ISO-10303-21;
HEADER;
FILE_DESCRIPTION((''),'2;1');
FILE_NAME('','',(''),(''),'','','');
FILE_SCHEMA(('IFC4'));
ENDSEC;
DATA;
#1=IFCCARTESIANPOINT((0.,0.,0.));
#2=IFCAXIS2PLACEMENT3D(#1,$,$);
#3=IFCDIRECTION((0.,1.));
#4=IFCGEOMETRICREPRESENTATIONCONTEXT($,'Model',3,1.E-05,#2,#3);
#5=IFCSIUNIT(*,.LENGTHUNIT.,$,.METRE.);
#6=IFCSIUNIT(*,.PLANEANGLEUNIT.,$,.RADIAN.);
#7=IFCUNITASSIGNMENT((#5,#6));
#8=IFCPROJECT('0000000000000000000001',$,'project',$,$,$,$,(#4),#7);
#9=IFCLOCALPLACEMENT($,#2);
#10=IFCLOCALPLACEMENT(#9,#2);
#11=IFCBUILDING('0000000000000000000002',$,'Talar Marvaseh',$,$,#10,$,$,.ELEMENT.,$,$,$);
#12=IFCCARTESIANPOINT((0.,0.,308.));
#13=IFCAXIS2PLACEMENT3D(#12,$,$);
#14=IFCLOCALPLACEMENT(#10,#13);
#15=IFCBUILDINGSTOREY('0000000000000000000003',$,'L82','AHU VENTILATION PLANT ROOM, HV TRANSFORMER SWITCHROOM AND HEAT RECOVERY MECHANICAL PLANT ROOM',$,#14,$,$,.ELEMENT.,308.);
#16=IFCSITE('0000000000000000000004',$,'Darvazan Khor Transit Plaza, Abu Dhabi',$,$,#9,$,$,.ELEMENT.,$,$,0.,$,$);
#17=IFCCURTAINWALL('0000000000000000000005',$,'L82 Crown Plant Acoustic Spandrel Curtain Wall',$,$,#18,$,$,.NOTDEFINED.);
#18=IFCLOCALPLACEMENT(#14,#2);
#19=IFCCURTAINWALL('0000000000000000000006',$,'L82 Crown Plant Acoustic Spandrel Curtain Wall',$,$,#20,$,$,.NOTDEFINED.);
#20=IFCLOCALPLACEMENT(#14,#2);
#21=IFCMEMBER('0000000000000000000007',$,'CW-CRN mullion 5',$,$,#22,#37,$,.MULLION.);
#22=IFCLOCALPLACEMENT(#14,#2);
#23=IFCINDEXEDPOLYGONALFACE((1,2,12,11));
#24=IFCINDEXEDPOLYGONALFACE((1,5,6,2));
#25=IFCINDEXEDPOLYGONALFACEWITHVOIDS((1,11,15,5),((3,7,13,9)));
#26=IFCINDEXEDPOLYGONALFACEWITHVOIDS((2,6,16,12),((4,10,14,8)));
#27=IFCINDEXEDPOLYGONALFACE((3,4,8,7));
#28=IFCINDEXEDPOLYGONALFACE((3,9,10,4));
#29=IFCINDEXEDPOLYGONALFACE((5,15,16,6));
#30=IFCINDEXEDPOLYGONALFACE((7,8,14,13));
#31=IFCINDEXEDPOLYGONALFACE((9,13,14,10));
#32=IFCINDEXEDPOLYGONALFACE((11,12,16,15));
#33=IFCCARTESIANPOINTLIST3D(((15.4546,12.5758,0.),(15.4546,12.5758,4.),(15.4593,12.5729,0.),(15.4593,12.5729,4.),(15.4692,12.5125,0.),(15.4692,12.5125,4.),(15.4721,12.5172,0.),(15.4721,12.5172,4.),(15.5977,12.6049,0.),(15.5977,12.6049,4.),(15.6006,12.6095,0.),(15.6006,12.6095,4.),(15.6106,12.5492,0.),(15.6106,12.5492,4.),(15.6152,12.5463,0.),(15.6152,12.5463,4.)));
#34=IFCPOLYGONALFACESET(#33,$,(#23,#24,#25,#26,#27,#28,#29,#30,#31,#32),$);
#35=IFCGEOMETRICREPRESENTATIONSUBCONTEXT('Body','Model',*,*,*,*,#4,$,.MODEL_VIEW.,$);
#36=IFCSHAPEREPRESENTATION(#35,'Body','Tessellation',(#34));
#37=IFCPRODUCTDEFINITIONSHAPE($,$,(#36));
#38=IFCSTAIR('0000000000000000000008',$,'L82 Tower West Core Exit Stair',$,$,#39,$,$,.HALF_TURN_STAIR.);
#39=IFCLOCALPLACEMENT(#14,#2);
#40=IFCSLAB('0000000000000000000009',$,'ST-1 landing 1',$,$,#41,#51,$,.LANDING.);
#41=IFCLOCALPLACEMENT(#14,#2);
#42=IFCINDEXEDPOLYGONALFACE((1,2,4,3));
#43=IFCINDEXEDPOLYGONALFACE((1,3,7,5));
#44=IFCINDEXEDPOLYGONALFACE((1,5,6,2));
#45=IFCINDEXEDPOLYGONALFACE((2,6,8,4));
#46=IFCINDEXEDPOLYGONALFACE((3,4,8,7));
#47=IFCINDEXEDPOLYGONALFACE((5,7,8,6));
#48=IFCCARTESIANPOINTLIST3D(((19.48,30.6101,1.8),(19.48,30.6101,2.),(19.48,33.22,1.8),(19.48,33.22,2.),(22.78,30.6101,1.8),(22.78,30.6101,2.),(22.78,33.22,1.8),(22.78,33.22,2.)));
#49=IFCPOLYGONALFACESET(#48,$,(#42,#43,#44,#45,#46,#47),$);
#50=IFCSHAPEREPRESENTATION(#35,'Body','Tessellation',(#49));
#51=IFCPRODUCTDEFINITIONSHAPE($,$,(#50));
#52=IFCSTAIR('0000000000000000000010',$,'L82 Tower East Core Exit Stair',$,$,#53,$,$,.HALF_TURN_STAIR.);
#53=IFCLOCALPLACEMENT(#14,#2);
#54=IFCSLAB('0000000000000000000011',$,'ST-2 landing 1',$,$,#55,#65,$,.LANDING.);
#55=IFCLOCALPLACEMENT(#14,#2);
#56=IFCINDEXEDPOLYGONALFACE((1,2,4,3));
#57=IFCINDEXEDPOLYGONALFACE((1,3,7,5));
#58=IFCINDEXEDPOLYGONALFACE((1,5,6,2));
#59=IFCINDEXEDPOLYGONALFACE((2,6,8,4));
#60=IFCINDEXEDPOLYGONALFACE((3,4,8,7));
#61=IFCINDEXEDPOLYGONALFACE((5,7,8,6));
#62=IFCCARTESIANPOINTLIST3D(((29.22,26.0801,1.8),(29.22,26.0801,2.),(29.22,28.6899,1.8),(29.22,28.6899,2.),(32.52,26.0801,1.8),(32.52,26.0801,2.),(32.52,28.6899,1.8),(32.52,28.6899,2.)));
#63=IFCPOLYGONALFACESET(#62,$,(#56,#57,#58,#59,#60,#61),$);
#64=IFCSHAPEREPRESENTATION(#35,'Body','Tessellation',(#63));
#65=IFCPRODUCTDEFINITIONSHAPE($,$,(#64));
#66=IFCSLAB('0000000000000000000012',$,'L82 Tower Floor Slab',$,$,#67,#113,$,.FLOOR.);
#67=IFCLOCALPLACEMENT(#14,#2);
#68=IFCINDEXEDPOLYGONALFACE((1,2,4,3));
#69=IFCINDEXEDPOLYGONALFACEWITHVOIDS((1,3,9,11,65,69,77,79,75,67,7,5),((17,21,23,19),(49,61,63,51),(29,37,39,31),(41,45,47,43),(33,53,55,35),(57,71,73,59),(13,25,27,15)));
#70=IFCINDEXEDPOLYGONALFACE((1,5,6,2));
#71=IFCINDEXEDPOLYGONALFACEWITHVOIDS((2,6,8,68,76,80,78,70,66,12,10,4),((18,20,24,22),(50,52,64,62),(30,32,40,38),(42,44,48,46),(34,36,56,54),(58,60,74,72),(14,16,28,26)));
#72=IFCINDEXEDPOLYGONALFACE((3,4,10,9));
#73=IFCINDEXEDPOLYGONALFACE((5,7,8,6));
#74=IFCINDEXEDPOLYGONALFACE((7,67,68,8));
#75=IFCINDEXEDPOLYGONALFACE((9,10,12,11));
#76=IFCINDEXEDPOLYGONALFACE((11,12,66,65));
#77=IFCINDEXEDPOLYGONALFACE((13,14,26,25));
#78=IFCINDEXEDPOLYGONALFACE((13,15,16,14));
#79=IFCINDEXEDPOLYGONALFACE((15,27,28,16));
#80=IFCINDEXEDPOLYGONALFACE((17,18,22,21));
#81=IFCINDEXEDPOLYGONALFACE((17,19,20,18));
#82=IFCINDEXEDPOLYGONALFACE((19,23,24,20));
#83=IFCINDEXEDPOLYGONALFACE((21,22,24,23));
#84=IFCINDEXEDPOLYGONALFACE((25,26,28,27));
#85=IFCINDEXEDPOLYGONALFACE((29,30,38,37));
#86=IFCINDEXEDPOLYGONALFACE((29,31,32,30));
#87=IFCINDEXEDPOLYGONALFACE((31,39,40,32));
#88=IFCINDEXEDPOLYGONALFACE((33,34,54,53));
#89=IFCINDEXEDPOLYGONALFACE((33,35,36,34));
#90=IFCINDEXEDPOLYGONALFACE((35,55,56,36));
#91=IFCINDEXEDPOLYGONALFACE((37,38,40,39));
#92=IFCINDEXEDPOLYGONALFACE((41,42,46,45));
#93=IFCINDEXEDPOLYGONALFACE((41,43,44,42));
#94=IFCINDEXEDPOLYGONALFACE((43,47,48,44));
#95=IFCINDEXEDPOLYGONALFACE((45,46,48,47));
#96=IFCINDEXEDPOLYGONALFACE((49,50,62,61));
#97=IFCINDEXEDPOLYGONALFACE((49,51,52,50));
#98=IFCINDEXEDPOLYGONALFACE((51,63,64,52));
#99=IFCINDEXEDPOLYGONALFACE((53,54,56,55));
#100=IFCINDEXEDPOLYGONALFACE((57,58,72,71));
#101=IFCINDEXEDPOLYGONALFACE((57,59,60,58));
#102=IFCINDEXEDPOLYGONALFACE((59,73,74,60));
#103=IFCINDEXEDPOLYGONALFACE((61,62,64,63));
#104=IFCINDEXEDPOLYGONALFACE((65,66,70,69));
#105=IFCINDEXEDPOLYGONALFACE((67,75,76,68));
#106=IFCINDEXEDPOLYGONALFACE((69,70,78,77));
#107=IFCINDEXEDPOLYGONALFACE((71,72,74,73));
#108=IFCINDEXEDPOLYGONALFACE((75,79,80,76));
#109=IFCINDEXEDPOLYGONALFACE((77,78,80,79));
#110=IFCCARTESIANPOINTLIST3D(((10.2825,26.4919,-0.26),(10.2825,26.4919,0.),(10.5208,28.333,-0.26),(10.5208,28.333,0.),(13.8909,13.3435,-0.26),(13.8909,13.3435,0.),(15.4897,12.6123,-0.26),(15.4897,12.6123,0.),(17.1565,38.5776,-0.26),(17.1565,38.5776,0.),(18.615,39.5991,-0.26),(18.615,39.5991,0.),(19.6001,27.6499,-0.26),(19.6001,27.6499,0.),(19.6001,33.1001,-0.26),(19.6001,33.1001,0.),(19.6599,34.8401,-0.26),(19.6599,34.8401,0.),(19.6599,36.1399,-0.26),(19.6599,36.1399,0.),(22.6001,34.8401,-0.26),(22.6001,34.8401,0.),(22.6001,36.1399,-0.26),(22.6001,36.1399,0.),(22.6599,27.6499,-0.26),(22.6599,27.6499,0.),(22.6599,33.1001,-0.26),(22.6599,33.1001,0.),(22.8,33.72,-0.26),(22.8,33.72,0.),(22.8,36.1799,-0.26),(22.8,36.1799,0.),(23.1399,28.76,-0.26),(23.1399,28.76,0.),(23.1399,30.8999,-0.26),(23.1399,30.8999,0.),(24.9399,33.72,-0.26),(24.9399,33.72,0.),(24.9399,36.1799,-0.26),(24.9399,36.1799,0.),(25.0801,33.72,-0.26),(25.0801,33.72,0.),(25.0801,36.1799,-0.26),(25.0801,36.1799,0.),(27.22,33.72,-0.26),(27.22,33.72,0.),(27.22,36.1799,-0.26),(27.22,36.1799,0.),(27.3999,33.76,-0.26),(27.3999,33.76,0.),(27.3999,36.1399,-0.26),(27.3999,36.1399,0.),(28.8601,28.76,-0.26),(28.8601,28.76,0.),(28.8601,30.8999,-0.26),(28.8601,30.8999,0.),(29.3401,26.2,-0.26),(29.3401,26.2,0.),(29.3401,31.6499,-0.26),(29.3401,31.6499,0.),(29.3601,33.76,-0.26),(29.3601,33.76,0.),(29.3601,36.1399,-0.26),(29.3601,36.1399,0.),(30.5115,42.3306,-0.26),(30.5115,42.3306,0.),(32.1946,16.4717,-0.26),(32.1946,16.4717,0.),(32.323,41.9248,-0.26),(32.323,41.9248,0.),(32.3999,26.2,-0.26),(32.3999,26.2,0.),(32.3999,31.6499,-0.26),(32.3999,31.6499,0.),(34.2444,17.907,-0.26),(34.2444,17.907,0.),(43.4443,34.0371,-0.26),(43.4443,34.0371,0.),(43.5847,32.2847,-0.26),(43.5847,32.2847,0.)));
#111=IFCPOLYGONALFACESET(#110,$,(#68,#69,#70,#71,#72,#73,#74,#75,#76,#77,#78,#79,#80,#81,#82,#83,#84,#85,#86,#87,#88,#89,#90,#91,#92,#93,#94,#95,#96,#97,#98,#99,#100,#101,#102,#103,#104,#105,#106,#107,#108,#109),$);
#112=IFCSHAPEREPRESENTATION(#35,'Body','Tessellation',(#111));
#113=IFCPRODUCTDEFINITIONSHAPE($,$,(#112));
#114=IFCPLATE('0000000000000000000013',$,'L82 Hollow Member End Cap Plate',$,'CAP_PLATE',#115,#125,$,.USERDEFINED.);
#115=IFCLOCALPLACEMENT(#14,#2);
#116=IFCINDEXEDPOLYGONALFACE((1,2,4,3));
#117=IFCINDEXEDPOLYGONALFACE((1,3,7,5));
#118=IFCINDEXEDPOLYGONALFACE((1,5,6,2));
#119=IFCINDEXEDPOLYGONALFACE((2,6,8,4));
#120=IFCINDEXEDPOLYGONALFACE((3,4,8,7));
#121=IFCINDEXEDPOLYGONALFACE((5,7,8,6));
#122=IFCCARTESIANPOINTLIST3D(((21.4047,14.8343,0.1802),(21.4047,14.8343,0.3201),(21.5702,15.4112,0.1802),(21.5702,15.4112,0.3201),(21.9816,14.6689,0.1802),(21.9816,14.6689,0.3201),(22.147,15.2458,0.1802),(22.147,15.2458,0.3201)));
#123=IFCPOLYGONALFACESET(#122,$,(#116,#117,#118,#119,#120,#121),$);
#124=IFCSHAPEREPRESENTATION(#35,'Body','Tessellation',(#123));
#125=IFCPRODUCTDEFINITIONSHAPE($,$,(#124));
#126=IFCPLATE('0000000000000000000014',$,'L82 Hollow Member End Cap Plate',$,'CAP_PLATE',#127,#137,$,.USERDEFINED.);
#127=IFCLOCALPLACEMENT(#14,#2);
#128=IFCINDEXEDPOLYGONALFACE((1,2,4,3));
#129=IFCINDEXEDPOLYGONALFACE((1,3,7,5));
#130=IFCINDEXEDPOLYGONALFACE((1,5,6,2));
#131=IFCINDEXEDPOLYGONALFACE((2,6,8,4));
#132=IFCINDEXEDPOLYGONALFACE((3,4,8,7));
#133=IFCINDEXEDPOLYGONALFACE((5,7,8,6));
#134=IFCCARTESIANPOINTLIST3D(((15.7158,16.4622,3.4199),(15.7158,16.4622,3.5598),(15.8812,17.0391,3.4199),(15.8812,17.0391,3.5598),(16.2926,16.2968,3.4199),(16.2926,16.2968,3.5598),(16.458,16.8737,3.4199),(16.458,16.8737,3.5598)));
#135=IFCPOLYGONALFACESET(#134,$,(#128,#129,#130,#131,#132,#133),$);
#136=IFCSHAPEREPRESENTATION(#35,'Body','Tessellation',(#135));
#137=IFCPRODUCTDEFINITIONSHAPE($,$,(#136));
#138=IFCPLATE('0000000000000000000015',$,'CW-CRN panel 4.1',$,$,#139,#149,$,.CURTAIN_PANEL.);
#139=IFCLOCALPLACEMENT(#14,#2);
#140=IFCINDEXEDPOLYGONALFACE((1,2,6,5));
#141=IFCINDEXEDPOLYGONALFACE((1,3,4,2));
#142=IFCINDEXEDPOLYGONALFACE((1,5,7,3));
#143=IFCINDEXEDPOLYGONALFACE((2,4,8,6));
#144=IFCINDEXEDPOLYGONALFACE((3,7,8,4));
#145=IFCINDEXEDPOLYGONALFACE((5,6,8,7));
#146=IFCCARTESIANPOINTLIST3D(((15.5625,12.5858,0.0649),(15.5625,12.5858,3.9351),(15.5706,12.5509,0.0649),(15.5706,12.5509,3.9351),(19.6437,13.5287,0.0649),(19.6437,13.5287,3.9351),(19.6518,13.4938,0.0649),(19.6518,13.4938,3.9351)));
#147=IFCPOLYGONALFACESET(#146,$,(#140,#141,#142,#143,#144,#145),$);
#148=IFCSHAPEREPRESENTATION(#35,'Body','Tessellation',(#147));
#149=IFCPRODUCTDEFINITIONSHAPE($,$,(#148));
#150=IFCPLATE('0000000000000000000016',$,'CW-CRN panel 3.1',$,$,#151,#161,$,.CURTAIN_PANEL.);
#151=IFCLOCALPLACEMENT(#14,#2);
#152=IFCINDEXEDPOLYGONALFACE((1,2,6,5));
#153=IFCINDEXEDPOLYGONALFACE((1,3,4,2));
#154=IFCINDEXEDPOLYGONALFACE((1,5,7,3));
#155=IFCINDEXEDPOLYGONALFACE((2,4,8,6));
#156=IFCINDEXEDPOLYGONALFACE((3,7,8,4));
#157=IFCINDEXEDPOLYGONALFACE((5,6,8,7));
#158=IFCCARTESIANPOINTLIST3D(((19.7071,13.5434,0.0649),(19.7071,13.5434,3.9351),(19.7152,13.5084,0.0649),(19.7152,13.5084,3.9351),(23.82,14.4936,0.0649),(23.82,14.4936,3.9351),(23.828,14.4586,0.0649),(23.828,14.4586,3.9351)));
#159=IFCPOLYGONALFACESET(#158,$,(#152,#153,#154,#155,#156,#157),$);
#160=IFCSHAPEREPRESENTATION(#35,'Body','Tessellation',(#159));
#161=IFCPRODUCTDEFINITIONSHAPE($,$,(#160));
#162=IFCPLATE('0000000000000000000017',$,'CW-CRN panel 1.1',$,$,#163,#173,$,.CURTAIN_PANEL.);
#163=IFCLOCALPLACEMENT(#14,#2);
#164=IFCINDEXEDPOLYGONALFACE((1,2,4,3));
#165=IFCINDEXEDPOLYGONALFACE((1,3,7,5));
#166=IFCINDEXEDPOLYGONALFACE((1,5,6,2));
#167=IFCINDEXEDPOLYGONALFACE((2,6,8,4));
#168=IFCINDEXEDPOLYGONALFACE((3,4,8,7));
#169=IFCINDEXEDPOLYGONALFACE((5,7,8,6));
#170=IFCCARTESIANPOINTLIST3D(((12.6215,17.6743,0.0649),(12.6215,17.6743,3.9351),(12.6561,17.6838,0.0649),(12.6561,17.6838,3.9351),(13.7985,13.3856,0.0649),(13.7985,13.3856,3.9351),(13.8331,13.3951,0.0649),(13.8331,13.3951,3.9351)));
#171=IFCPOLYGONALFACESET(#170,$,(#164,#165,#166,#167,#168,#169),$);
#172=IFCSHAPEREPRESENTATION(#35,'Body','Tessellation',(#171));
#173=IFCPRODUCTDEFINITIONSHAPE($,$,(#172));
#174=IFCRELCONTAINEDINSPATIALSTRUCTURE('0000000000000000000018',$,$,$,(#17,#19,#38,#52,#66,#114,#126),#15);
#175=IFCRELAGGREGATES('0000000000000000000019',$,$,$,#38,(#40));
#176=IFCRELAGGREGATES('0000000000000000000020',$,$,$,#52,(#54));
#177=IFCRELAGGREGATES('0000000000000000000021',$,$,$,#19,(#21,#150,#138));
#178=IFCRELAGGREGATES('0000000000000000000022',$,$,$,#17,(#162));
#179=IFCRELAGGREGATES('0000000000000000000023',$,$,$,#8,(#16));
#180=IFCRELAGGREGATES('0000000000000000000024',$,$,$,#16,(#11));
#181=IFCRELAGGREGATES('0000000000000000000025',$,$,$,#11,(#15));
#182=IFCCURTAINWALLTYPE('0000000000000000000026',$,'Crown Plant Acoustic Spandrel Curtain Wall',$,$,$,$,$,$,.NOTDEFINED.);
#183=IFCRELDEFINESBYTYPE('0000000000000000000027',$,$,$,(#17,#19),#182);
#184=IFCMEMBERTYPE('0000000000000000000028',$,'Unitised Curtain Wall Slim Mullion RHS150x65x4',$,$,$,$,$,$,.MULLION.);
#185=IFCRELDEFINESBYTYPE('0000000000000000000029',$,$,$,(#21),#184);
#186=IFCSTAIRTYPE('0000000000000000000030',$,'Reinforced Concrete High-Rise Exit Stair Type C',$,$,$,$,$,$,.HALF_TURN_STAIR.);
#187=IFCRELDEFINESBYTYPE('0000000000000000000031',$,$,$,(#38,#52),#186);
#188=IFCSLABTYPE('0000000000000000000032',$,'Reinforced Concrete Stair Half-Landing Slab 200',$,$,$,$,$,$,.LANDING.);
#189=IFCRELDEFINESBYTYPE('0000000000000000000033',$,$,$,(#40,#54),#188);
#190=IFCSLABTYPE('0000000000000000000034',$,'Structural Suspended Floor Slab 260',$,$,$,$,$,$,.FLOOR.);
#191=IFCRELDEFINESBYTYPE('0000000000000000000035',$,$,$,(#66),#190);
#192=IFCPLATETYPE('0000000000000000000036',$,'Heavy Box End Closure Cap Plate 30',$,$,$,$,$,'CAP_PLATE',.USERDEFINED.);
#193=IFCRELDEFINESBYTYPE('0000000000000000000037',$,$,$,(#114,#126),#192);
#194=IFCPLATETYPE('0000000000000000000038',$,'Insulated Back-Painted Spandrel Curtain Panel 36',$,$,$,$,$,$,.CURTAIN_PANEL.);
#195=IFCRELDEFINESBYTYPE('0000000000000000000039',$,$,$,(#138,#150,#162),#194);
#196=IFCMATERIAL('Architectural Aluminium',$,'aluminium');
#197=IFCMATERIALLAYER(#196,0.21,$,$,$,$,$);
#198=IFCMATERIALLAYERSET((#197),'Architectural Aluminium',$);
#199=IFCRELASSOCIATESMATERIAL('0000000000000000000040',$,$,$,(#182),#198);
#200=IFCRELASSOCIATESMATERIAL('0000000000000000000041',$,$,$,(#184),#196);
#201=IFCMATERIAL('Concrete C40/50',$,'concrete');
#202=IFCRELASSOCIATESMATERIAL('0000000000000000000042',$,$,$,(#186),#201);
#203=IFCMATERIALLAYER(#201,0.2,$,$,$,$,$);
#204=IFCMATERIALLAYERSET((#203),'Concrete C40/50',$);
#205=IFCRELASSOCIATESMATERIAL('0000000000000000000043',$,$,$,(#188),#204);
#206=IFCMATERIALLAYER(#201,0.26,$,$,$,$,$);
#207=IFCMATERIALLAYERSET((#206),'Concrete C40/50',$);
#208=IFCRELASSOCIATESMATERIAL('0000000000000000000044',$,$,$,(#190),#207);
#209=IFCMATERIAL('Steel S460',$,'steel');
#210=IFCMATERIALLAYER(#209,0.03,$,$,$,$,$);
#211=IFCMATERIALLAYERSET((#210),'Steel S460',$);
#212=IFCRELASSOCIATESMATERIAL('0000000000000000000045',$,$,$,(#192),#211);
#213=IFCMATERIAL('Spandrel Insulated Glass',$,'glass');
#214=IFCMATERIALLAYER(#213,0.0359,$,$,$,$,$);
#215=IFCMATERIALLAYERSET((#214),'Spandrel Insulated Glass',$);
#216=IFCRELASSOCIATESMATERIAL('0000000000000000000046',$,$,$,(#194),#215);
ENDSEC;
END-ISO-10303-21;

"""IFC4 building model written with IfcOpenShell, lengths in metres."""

from ifc_helpers import new_model, si_unit, direction, frame, origin, origin_2d, place, context, subcontext, project, spatial, polyline, rectangle, hollow_rectangle, outline, extrude, source, transform, mapped, material, layer, layer_set, material_profile, profile_set, type_object, type_shapes, element, aggregate, save


model = new_model("IFC4")

# Units and contexts
model_context = context("Model", 3, precision=1e-05, world=origin(), true_north=direction((0.0, 1.0)))
body_context = subcontext(model_context, "Body", "Model", "MODEL_VIEW")
ifc_project = project(units=[si_unit("LENGTHUNIT", "METRE"), si_unit("PLANEANGLEUNIT", "RADIAN")], contexts=[model_context])

# Site, building, storey
site_placement = place(None, origin())
site = spatial("IfcSite", under=ifc_project, at=site_placement, Name="Darvazan Khor Transit Plaza, Abu Dhabi", CompositionType="ELEMENT", RefElevation=0.0)
building_placement = place(site_placement, origin())
building = spatial("IfcBuilding", under=site, at=building_placement, Name="Talar Marvaseh", CompositionType="ELEMENT")
storey_placement = place(building_placement, frame((0.0, 0.0, 308.0)))
storey = spatial("IfcBuildingStorey", under=building, at=storey_placement, Name="L82", Description="AHU VENTILATION PLANT ROOM, HV TRANSFORMER SWITCHROOM AND HEAT RECOVERY MECHANICAL PLANT ROOM", CompositionType="ELEMENT", Elevation=308.0)

# Shared definitions
ifc_material_1 = material(Name="Steel S460", Category="steel")

# Curtain walls
ifc_material_2 = material(Name="Architectural Aluminium", Category="aluminium")
ifc_layer_1 = layer(ifc_material_2, 0.21)
ifc_layer_set_1 = layer_set([ifc_layer_1], Name="Architectural Aluminium")
curtain_wall_type = type_object("IfcCurtainWallType", Name="Crown Plant Acoustic Spandrel Curtain Wall", PredefinedType="NOTDEFINED", material=ifc_layer_set_1)
curtain_wall_1_placement = place(storey_placement, origin())
curtain_wall_1 = element("IfcCurtainWall", 1, at=curtain_wall_1_placement, inside=storey, type_object=curtain_wall_type, Name="L82 Crown Plant Acoustic Spandrel Curtain Wall", PredefinedType="NOTDEFINED")
curtain_wall_2_placement = place(storey_placement, origin())
curtain_wall_2 = element("IfcCurtainWall", 2, at=curtain_wall_2_placement, inside=storey, type_object=curtain_wall_type, Name="L82 Crown Plant Acoustic Spandrel Curtain Wall", PredefinedType="NOTDEFINED")

# Member
ifc_material_profile_1 = material_profile(ifc_material_2, hollow_rectangle(XDim=0.0649, YDim=0.1499, WallThickness=0.0039, at=origin_2d()), Name="RHS150x65x4")
ifc_profile_set_1 = profile_set([ifc_material_profile_1], Name="Architectural Aluminium")
member_type_1 = type_object("IfcMemberType", Name="Unitised Curtain Wall Slim Mullion RHS150x65x4", PredefinedType="MULLION", material=ifc_profile_set_1)
shared_shape_1 = source(origin(), body_context, "Body", "SweptSolid", [
    extrude(hollow_rectangle(XDim=0.0649, YDim=0.1499, WallThickness=0.0039, at=origin_2d()), origin(), (0.0, 0.0, 1.0), 4.0),
])
type_shapes(member_type_1, [shared_shape_1])
member_1_placement = place(storey_placement, frame((15.5349, 12.561, 0.0), z_axis=(0.0, 0.0, 1.0), x_axis=(0.225103, -0.974335, 0.0)))
member_1 = element("IfcMember", 3, at=member_1_placement, type_object=member_type_1, Name="CW-CRN mullion 5", PredefinedType="MULLION", context=body_context, shape_type="MappedRepresentation", body=[
    mapped(shared_shape_1, transform((0.0, 0.0, 0.0), x_axis=(1.0, 0.0, 0.0), y_axis=(0.0, 1.0, 0.0), z_axis=(0.0, 0.0, 1.0), scale=1.0)),
])

# Stairs, slabs
ifc_material_3 = material(Name="Concrete C40/50", Category="concrete")
stair_type = type_object("IfcStairType", Name="Reinforced Concrete High-Rise Exit Stair Type C", PredefinedType="HALF_TURN_STAIR", material=ifc_material_3)
stair_1_placement = place(storey_placement, origin())
stair_1 = element("IfcStair", 4, at=stair_1_placement, inside=storey, type_object=stair_type, Name="L82 Tower West Core Exit Stair", PredefinedType="HALF_TURN_STAIR")
ifc_layer_2 = layer(ifc_material_3, 0.2)
ifc_layer_set_2 = layer_set([ifc_layer_2], Name="Concrete C40/50")
slab_type_1 = type_object("IfcSlabType", Name="Reinforced Concrete Stair Half-Landing Slab 200", PredefinedType="LANDING", material=ifc_layer_set_2)
slab_1_placement = place(storey_placement, frame((0.0, 0.0, 1.8)))
slab_1 = element("IfcSlab", 5, at=slab_1_placement, type_object=slab_type_1, Name="ST-1 landing 1", PredefinedType="LANDING", context=body_context, shape_type="SweptSolid", body=[
    extrude(outline(polyline([(22.78, 30.6101), (22.78, 33.22), (19.48, 33.22), (19.48, 30.6101), (22.78, 30.6101)])), origin(), (0.0, 0.0, 1.0), 0.2),
])
aggregate(stair_1, [slab_1])
stair_2_placement = place(storey_placement, origin())
stair_2 = element("IfcStair", 6, at=stair_2_placement, inside=storey, type_object=stair_type, Name="L82 Tower East Core Exit Stair", PredefinedType="HALF_TURN_STAIR")
slab_2_placement = place(storey_placement, frame((0.0, 0.0, 1.8)))
slab_2 = element("IfcSlab", 7, at=slab_2_placement, type_object=slab_type_1, Name="ST-2 landing 1", PredefinedType="LANDING", context=body_context, shape_type="SweptSolid", body=[
    extrude(outline(polyline([(29.22, 28.6899), (29.22, 26.0801), (32.52, 26.0801), (32.52, 28.6899), (29.22, 28.6899)])), origin(), (0.0, 0.0, 1.0), 0.2),
])
aggregate(stair_2, [slab_2])

# Slab
ifc_layer_3 = layer(ifc_material_3, 0.26)
ifc_layer_set_3 = layer_set([ifc_layer_3], Name="Concrete C40/50")
slab_type_2 = type_object("IfcSlabType", Name="Structural Suspended Floor Slab 260", PredefinedType="FLOOR", material=ifc_layer_set_3)
slab_3_placement = place(storey_placement, frame((0.0, 0.0, -0.26)))
element("IfcSlab", 8, at=slab_3_placement, inside=storey, type_object=slab_type_2, Name="L82 Tower Floor Slab", PredefinedType="FLOOR", context=body_context, shape_type="SweptSolid", body=[
    extrude(outline(polyline([(15.4897, 12.6123), (13.8909, 13.3435), (10.2825, 26.4919), (10.5208, 28.333), (17.1565, 38.5776), (18.615, 39.5991), (30.5115, 42.3306), (32.323, 41.9248), (43.4443, 34.0371), (43.5847, 32.2847), (34.2444, 17.907), (32.1946, 16.4717), (15.4897, 12.6123)]), holes=[polyline([(22.6599, 27.6499), (22.6599, 33.1001), (19.6001, 33.1001), (19.6001, 27.6499), (22.6599, 27.6499)]), polyline([(29.3401, 31.6499), (29.3401, 26.2), (32.3999, 26.2), (32.3999, 31.6499), (29.3401, 31.6499)]), polyline([(22.8, 33.72), (24.9399, 33.72), (24.9399, 36.1799), (22.8, 36.1799), (22.8, 33.72)]), polyline([(25.0801, 33.72), (27.22, 33.72), (27.22, 36.1799), (25.0801, 36.1799), (25.0801, 33.72)]), polyline([(19.6599, 34.8401), (22.6001, 34.8401), (22.6001, 36.1399), (19.6599, 36.1399), (19.6599, 34.8401)]), polyline([(27.3999, 33.76), (29.3601, 33.76), (29.3601, 36.1399), (27.3999, 36.1399), (27.3999, 33.76)]), polyline([(23.1399, 28.76), (28.8601, 28.76), (28.8601, 30.8999), (23.1399, 30.8999), (23.1399, 28.76)])]), origin(), (0.0, 0.0, 1.0), 0.26),
])

# Plates
ifc_layer_4 = layer(ifc_material_1, 0.03)
ifc_layer_set_4 = layer_set([ifc_layer_4], Name="Steel S460")
plate_type_1 = type_object("IfcPlateType", Name="Heavy Box End Closure Cap Plate 30", ElementType="CAP_PLATE", PredefinedType="USERDEFINED", material=ifc_layer_set_4)
shared_shape_2 = source(origin(), body_context, "Body", "SweptSolid", [
    extrude(rectangle(XDim=0.6001, YDim=0.6001, at=origin_2d()), origin(), (0.0, 0.0, 1.0), 0.1399),
])
type_shapes(plate_type_1, [shared_shape_2])
for number, where, z_axis, x_axis, name in (
    (9, (21.7759, 15.04, 0.1802), (0.0, 0.0, 1.0), (-0.961262, 0.275637, 0.0), "L82 Hollow Member End Cap Plate"),
    (10, (16.0869, 16.668, 3.4199), (0.0, 0.0, 1.0), (-0.961262, 0.275637, 0.0), "L82 Hollow Member End Cap Plate"),
):
    element("IfcPlate", number, at=place(storey_placement, frame(where, z_axis=z_axis, x_axis=x_axis)), inside=storey, type_object=plate_type_1, Name=name, ObjectType="CAP_PLATE", PredefinedType="USERDEFINED", context=body_context, shape_type="MappedRepresentation", body=[
        mapped(shared_shape_2, transform((0.0, 0.0, 0.0), x_axis=(1.0, 0.0, 0.0), y_axis=(0.0, 1.0, 0.0), z_axis=(0.0, 0.0, 1.0), scale=1.0)),
    ])

# Plates
ifc_material_4 = material(Name="Spandrel Insulated Glass", Category="glass")
ifc_layer_5 = layer(ifc_material_4, 0.0359)
ifc_layer_set_5 = layer_set([ifc_layer_5], Name="Spandrel Insulated Glass")
plate_type_2 = type_object("IfcPlateType", Name="Insulated Back-Painted Spandrel Curtain Panel 36", PredefinedType="CURTAIN_PANEL", material=ifc_layer_set_5)
shared_shape_3 = source(origin(), body_context, "Body", "SweptSolid", [
    extrude(rectangle(XDim=4.1887, YDim=0.0359, at=origin_2d()), origin(), (0.0, 0.0, 1.0), 3.8701),
])
plate_1_placement = place(storey_placement, frame((17.6072, 13.0398, 0.0649), z_axis=(0.0, 0.0, 1.0), x_axis=(-0.974335, -0.225103, 0.0)))
plate_1 = element("IfcPlate", 11, at=plate_1_placement, type_object=plate_type_2, Name="CW-CRN panel 4.1", PredefinedType="CURTAIN_PANEL", context=body_context, shape_type="MappedRepresentation", body=[
    mapped(shared_shape_3, transform((0.0, 0.0, 0.0), x_axis=(1.0, 0.0, 0.0), y_axis=(0.0, 1.0, 0.0), z_axis=(0.0, 0.0, 1.0), scale=1.0)),
])
shared_shape_4 = source(origin(), body_context, "Body", "SweptSolid", [
    extrude(rectangle(XDim=4.2212, YDim=0.0359, at=origin_2d()), origin(), (0.0, 0.0, 1.0), 3.8701),
])
plate_2_placement = place(storey_placement, frame((21.7676, 14.001, 0.0649), z_axis=(0.0, 0.0, 1.0), x_axis=(-0.974335, -0.225103, 0.0)))
plate_2 = element("IfcPlate", 12, at=plate_2_placement, type_object=plate_type_2, Name="CW-CRN panel 3.1", PredefinedType="CURTAIN_PANEL", context=body_context, shape_type="MappedRepresentation", body=[
    mapped(shared_shape_4, transform((0.0, 0.0, 0.0), x_axis=(1.0, 0.0, 0.0), y_axis=(0.0, 1.0, 0.0), z_axis=(0.0, 0.0, 1.0), scale=1.0)),
])
aggregate(curtain_wall_2, [member_1, plate_2, plate_1])
shared_shape_5 = source(origin(), body_context, "Body", "SweptSolid", [
    extrude(rectangle(XDim=4.4473, YDim=0.0359, at=origin_2d()), origin(), (0.0, 0.0, 1.0), 3.8701),
])
type_shapes(plate_type_2, [shared_shape_3, shared_shape_4, shared_shape_5])
plate_3_placement = place(storey_placement, frame((13.2273, 15.5347, 0.0649), z_axis=(0.0, 0.0, 1.0), x_axis=(-0.264649, 0.964345, 0.0)))
plate_3 = element("IfcPlate", 13, at=plate_3_placement, type_object=plate_type_2, Name="CW-CRN panel 1.1", PredefinedType="CURTAIN_PANEL", context=body_context, shape_type="MappedRepresentation", body=[
    mapped(shared_shape_5, transform((0.0, 0.0, 0.0), x_axis=(1.0, 0.0, 0.0), y_axis=(0.0, 1.0, 0.0), z_axis=(0.0, 0.0, 1.0), scale=1.0)),
])
aggregate(curtain_wall_1, [plate_3])

save(model, "model.ifc")
